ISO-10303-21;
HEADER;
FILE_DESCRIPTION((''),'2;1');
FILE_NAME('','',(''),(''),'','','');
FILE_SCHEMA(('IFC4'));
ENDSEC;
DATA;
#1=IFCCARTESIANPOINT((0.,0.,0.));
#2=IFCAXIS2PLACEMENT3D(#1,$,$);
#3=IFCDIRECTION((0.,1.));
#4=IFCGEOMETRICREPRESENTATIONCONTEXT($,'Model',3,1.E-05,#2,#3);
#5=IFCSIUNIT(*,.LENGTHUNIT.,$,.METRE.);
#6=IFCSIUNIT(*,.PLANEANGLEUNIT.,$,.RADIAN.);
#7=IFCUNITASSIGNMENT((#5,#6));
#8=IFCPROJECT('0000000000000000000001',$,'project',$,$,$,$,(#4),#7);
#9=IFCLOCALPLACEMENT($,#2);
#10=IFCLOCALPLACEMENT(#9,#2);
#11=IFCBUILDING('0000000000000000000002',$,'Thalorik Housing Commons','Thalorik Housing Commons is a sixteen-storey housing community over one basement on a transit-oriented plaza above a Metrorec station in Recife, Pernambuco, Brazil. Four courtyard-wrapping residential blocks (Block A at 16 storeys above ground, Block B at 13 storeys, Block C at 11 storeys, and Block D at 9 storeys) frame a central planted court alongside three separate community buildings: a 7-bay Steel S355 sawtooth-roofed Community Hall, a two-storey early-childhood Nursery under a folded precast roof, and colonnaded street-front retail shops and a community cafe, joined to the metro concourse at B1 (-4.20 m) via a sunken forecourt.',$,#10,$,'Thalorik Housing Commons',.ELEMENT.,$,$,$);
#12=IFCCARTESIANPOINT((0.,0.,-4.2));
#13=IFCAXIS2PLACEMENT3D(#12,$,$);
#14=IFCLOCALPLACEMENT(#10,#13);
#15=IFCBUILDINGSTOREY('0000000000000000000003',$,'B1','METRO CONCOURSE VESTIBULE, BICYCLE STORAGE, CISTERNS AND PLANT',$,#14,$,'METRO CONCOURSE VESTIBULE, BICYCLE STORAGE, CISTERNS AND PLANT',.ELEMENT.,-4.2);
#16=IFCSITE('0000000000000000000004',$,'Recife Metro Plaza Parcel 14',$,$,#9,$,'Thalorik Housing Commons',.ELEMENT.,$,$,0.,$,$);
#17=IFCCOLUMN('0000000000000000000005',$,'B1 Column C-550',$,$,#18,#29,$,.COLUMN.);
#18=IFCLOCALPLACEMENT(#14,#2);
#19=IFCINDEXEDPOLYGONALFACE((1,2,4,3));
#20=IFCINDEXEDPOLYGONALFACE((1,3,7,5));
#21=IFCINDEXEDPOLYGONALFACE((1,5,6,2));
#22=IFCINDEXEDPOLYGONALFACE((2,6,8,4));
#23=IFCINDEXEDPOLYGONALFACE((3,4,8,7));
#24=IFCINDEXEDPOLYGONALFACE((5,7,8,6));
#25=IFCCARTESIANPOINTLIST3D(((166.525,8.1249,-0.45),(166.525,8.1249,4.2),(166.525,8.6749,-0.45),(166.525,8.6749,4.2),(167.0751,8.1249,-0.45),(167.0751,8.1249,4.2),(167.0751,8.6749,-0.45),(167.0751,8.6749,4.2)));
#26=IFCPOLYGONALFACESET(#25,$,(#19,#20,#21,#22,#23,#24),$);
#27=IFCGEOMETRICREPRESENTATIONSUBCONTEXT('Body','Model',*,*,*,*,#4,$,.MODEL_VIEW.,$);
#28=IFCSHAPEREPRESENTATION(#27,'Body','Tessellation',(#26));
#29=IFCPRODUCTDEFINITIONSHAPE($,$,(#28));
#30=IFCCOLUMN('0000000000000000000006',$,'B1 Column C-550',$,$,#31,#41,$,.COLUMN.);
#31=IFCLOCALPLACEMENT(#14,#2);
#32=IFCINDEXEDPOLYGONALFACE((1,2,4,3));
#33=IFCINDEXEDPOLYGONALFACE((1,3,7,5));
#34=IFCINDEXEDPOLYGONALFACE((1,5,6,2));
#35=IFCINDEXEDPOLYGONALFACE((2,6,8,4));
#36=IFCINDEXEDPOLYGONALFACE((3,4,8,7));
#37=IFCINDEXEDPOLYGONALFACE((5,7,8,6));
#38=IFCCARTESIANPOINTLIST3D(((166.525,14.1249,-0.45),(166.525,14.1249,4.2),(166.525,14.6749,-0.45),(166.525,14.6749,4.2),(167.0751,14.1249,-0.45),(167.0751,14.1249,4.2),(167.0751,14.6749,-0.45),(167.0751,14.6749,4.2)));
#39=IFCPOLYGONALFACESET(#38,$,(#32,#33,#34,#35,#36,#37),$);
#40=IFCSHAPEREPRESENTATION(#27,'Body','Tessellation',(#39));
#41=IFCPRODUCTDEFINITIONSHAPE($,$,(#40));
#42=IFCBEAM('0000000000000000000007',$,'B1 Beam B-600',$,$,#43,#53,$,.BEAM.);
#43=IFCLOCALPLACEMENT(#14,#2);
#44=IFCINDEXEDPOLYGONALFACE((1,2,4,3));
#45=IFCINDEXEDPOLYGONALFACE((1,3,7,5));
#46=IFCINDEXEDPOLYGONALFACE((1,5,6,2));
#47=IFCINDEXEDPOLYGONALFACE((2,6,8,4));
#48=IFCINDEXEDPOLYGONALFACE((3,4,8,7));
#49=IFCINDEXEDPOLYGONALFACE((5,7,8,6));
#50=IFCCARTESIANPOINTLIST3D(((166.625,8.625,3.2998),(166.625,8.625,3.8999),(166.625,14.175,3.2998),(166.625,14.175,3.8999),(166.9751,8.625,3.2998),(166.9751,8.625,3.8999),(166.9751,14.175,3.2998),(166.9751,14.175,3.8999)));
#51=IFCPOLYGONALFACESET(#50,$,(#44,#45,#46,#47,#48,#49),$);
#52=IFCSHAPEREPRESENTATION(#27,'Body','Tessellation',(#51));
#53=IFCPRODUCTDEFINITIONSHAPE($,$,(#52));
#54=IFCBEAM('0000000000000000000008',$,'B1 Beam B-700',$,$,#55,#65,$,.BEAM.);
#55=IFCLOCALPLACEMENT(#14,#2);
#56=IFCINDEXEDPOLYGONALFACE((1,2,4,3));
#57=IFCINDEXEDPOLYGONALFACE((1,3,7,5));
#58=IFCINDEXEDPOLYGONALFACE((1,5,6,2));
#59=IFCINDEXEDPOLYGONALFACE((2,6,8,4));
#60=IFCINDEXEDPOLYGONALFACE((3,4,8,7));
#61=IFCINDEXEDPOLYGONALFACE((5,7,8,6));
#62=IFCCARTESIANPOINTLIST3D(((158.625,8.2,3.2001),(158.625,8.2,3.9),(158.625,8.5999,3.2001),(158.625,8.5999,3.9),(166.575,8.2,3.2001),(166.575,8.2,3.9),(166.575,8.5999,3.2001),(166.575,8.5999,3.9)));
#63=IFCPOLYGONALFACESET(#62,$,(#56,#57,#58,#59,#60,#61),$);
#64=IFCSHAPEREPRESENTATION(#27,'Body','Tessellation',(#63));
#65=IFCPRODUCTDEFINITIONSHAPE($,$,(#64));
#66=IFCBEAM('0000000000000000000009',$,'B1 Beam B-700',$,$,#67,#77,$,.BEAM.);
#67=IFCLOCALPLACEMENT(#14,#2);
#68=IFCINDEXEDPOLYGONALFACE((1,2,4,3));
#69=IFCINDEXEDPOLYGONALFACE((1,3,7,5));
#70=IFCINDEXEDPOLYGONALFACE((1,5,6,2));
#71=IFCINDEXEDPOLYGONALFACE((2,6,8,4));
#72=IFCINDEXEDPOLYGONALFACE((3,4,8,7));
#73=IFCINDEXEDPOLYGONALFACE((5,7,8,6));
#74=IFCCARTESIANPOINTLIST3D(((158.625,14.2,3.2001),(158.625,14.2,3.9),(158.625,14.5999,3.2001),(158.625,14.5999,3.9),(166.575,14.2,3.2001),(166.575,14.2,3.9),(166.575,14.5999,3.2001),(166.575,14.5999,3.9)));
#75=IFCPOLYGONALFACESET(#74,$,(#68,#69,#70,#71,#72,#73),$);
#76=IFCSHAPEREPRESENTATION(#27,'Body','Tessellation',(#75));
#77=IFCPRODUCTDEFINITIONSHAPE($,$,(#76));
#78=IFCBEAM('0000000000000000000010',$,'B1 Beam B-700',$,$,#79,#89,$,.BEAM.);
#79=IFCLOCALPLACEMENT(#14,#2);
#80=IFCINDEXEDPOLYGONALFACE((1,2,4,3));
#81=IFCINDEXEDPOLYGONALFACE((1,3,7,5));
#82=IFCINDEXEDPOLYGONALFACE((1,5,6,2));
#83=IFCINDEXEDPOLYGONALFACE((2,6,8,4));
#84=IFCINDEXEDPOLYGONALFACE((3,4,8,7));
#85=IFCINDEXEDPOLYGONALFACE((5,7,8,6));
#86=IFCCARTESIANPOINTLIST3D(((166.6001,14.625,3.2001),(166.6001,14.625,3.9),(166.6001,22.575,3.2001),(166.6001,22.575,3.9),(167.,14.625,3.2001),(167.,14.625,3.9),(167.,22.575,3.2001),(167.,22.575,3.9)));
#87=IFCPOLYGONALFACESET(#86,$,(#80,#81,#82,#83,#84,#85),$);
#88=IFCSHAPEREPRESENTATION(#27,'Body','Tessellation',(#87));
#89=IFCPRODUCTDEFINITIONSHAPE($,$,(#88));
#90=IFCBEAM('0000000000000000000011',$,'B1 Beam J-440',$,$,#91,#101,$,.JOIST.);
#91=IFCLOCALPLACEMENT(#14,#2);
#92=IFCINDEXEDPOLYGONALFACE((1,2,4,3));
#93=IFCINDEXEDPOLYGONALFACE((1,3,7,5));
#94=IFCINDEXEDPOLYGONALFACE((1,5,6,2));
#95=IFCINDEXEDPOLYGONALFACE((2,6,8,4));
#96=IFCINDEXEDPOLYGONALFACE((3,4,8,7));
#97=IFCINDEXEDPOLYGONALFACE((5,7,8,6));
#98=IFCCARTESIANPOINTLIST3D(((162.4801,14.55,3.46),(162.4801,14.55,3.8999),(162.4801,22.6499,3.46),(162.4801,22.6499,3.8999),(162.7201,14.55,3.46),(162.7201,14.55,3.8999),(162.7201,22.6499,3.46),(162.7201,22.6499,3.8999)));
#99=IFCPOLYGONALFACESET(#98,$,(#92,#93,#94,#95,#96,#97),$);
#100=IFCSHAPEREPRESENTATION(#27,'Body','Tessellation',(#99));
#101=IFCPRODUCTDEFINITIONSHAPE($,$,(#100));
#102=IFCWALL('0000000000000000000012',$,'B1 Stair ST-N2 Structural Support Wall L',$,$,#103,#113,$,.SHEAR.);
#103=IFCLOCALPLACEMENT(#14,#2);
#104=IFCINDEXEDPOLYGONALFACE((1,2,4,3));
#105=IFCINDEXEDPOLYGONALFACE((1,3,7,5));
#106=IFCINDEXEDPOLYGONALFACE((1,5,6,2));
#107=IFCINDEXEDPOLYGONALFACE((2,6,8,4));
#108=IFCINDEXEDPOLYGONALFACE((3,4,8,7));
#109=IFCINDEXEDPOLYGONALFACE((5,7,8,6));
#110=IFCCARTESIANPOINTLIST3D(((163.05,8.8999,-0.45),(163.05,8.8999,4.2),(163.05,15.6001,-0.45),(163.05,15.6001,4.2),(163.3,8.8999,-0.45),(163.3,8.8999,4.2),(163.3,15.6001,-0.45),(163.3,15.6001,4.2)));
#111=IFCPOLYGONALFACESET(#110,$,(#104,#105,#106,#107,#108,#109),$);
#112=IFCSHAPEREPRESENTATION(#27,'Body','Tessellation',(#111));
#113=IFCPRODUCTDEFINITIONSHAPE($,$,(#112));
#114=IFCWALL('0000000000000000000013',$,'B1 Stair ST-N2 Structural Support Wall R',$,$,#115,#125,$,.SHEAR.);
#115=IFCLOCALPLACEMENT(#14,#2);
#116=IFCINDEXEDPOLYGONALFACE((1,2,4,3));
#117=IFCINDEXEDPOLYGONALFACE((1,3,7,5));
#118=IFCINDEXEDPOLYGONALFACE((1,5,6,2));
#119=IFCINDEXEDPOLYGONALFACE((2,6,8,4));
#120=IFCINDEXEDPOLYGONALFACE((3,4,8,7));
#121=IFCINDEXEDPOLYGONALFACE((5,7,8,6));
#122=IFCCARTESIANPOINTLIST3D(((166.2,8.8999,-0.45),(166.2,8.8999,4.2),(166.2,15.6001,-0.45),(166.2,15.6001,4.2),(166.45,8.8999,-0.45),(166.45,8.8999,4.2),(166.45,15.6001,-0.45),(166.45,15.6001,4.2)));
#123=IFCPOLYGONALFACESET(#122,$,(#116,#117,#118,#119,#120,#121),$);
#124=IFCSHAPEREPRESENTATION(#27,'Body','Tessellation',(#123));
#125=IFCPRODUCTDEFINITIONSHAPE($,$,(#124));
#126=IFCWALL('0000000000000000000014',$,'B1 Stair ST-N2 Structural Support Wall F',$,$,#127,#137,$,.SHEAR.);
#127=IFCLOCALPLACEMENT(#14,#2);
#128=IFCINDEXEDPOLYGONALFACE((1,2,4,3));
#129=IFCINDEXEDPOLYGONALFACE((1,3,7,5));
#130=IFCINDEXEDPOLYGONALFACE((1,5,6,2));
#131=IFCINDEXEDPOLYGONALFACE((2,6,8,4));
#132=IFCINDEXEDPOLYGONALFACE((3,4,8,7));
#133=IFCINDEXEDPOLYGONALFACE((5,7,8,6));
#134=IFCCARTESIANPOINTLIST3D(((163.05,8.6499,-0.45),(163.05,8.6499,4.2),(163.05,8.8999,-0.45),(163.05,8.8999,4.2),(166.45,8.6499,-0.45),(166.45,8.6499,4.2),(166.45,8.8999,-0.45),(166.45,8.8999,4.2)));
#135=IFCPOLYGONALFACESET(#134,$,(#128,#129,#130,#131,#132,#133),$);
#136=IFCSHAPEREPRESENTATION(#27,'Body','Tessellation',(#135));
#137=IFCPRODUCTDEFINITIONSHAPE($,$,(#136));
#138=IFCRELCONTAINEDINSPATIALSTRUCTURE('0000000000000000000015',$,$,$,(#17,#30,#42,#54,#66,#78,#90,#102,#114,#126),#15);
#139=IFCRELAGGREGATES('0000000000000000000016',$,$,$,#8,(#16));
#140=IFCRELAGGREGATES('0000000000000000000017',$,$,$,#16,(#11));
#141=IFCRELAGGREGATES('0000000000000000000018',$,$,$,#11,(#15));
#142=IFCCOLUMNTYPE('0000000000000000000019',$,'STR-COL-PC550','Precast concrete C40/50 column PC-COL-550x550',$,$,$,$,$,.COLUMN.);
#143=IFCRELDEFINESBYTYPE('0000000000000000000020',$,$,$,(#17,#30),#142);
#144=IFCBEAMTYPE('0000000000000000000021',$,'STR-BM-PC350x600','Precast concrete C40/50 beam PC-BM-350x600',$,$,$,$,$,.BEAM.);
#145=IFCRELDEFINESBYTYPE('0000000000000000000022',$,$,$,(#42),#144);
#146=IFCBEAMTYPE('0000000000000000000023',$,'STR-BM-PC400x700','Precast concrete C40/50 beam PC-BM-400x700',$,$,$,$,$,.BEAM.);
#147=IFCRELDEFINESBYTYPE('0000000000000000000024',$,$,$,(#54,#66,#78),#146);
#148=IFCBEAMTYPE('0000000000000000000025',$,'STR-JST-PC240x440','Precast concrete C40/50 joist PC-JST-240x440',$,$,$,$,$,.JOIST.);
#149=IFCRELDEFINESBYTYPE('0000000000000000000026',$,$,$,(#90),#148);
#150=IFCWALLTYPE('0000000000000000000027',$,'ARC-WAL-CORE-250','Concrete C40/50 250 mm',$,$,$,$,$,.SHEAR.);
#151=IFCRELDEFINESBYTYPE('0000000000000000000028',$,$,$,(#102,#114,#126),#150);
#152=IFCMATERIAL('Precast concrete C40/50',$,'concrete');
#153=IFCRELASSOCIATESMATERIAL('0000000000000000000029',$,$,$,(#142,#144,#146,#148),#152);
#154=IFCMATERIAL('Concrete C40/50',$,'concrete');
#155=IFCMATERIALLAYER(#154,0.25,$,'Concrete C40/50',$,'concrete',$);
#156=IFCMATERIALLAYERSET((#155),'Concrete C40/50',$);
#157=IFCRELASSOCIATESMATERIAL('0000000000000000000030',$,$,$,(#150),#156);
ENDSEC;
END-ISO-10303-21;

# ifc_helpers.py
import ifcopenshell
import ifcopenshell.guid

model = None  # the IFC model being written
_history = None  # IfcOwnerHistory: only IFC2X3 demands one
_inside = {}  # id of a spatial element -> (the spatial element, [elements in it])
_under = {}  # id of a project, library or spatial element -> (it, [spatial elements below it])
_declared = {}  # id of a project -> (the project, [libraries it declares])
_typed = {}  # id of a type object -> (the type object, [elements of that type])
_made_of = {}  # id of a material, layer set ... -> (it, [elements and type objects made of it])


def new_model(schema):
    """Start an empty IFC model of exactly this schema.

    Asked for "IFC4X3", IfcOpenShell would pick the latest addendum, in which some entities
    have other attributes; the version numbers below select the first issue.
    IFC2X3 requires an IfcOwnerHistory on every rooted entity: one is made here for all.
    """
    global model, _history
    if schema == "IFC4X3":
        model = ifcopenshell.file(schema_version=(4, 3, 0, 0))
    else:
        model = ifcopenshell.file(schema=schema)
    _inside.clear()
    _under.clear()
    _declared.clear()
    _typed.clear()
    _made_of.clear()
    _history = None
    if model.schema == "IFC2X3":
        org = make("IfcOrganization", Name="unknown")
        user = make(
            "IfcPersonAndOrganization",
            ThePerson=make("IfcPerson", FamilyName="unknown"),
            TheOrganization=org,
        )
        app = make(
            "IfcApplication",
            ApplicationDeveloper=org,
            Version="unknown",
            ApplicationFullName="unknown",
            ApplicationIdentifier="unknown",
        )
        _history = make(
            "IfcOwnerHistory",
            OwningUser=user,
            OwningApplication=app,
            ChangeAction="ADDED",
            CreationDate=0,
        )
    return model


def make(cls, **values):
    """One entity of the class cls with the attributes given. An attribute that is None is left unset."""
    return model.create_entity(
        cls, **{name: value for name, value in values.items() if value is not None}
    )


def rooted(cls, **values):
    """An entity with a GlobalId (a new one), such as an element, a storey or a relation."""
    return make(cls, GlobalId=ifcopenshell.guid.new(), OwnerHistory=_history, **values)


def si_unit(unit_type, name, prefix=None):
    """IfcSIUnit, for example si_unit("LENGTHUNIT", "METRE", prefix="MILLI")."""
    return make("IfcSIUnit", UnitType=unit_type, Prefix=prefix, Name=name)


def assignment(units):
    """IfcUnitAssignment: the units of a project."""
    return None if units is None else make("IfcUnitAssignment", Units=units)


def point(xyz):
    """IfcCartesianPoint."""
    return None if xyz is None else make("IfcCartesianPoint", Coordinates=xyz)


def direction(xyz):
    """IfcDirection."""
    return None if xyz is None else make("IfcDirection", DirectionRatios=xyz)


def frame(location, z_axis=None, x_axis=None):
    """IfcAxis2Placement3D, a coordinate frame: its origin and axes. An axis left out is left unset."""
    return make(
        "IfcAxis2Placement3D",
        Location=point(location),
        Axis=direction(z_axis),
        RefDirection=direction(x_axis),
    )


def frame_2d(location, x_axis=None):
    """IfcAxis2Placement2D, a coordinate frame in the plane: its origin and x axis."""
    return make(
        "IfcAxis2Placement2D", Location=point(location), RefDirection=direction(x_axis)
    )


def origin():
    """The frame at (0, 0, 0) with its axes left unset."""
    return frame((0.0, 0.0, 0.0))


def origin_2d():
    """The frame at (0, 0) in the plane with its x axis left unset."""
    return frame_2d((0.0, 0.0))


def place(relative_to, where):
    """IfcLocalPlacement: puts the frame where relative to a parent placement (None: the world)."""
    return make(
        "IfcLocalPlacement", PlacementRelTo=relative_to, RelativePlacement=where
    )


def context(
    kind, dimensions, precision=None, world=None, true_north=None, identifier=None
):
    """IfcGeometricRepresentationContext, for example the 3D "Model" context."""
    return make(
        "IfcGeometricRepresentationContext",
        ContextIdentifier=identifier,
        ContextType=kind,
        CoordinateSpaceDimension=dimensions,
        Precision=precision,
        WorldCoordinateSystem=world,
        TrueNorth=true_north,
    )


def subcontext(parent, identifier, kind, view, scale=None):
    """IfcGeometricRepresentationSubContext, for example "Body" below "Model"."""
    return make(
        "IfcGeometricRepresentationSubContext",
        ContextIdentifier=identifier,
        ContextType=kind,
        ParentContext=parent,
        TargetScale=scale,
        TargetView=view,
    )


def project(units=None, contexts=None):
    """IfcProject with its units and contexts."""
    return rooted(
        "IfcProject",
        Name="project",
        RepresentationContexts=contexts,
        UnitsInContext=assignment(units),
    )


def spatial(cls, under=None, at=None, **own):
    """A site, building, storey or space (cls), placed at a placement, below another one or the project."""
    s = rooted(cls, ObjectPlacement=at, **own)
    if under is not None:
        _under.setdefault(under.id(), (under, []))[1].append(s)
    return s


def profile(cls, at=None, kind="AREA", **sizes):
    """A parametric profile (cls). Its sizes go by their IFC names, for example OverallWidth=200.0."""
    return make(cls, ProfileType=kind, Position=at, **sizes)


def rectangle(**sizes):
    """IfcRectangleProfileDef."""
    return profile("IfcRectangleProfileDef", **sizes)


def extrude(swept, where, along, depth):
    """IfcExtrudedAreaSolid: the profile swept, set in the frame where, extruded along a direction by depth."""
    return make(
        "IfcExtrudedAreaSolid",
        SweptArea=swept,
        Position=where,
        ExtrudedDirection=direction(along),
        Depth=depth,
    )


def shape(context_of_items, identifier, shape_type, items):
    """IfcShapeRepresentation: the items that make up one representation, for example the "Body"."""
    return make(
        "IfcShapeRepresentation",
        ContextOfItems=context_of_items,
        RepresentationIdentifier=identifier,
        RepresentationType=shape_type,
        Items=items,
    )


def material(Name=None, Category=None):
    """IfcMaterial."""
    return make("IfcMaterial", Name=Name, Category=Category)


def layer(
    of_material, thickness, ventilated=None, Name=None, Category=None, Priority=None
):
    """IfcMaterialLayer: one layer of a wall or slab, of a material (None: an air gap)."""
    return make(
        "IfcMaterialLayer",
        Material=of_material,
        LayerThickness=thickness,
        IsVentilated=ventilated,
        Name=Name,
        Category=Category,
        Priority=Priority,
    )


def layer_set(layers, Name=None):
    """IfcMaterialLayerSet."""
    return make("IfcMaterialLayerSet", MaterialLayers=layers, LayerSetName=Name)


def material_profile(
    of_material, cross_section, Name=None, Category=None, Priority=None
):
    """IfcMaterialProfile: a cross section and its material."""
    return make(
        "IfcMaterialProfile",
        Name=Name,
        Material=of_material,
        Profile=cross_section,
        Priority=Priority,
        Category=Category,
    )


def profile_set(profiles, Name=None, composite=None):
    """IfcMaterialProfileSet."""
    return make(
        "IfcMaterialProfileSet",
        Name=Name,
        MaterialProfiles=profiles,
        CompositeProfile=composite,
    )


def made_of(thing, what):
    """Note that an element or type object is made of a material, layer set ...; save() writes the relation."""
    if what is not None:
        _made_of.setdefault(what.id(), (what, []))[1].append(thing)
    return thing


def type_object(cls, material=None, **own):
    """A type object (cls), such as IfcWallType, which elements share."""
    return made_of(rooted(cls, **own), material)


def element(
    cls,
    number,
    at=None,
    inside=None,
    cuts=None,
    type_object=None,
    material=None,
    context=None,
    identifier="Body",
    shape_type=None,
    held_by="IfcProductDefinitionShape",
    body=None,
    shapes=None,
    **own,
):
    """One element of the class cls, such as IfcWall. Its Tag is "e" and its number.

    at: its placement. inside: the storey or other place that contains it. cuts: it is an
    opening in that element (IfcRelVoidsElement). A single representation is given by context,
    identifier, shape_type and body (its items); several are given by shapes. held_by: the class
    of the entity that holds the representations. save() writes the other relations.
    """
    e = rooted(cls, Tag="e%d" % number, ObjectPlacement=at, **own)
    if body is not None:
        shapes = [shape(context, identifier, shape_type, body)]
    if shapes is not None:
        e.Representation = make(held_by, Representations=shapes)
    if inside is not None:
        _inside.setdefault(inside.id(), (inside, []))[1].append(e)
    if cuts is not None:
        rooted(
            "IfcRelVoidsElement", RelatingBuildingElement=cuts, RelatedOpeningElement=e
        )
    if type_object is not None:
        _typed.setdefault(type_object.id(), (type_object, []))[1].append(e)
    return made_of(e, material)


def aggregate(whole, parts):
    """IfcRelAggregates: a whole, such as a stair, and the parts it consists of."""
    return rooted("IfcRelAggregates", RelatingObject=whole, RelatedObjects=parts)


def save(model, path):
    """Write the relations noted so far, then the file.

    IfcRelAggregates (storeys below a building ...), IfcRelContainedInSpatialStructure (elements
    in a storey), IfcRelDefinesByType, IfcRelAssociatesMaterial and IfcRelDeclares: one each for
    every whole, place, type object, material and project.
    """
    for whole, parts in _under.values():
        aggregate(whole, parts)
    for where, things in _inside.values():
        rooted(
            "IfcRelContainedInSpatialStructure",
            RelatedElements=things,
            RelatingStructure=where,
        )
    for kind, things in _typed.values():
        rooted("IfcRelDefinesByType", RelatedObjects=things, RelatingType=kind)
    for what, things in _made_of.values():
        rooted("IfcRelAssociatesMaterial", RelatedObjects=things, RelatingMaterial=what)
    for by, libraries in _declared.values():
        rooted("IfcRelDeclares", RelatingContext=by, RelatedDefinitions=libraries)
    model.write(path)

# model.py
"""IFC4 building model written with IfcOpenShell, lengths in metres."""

from ifc_helpers import new_model, si_unit, direction, frame, frame_2d, origin, origin_2d, place, context, subcontext, project, spatial, rectangle, extrude, material, layer, layer_set, material_profile, profile_set, type_object, element, save


model = new_model("IFC4")

# Units and contexts
model_context = context("Model", 3, precision=1e-05, world=origin(), true_north=direction((0.0, 1.0)))
body_context = subcontext(model_context, "Body", "Model", "MODEL_VIEW")
ifc_project = project(units=[si_unit("LENGTHUNIT", "METRE"), si_unit("PLANEANGLEUNIT", "RADIAN")], contexts=[model_context])

# Site, building, storey
site_placement = place(None, origin())
site = spatial("IfcSite", under=ifc_project, at=site_placement, Name="Recife Metro Plaza Parcel 14", LongName="Thalorik Housing Commons", CompositionType="ELEMENT", RefElevation=0.0)
building_placement = place(site_placement, origin())
building = spatial("IfcBuilding", under=site, at=building_placement, Name="Thalorik Housing Commons", Description="Thalorik Housing Commons is a sixteen-storey housing community over one basement on a transit-oriented plaza above a Metrorec station in Recife, Pernambuco, Brazil. Four courtyard-wrapping residential blocks (Block A at 16 storeys above ground, Block B at 13 storeys, Block C at 11 storeys, and Block D at 9 storeys) frame a central planted court alongside three separate community buildings: a 7-bay Steel S355 sawtooth-roofed Community Hall, a two-storey early-childhood Nursery under a folded precast roof, and colonnaded street-front retail shops and a community cafe, joined to the metro concourse at B1 (-4.20 m) via a sunken forecourt.", LongName="Thalorik Housing Commons", CompositionType="ELEMENT")
storey_placement = place(building_placement, frame((0.0, 0.0, -4.2)))
storey = spatial("IfcBuildingStorey", under=building, at=storey_placement, Name="B1", Description="METRO CONCOURSE VESTIBULE, BICYCLE STORAGE, CISTERNS AND PLANT", LongName="METRO CONCOURSE VESTIBULE, BICYCLE STORAGE, CISTERNS AND PLANT", CompositionType="ELEMENT", Elevation=-4.2)

# Shared definitions
ifc_material_1 = material(Name="Concrete C40/50", Category="concrete")

# Columns
ifc_material_2 = material(Name="Precast concrete C40/50", Category="concrete")
ifc_material_profile_1 = material_profile(ifc_material_2, rectangle(XDim=0.55, YDim=0.55, at=origin_2d()), Name="PC 550x550", Category="concrete")
ifc_profile_set_1 = profile_set([ifc_material_profile_1], Name="Precast concrete C40/50")
column_type = type_object("IfcColumnType", Name="STR-COL-PC550", Description="Precast concrete C40/50 column PC-COL-550x550", PredefinedType="COLUMN", material=ifc_profile_set_1)
for number, where, z_axis, x_axis, name in (
    (1, (166.8, 8.3999, -0.45), (0.0, 0.0, 1.0), (1.0, 0.0, 0.0), "B1 Column C-550"),
    (2, (166.8, 14.3999, -0.45), (0.0, 0.0, 1.0), (1.0, 0.0, 0.0), "B1 Column C-550"),
):
    element("IfcColumn", number, at=place(storey_placement, frame(where, z_axis=z_axis, x_axis=x_axis)), inside=storey, type_object=column_type, Name=name, PredefinedType="COLUMN", context=body_context, shape_type="SweptSolid", body=[
        extrude(rectangle(XDim=0.55, YDim=0.55, at=origin_2d()), origin(), (0.0, 0.0, 1.0), 4.6499),
    ])

# Beams
ifc_material_profile_2 = material_profile(ifc_material_2, rectangle(XDim=0.3501, YDim=0.6001, at=origin_2d()), Name="PC 350x600", Category="concrete")
ifc_profile_set_2 = profile_set([ifc_material_profile_2], Name="Precast concrete C40/50")
beam_type_1 = type_object("IfcBeamType", Name="STR-BM-PC350x600", Description="Precast concrete C40/50 beam PC-BM-350x600", PredefinedType="BEAM", material=ifc_profile_set_2)
beam_1_placement = place(storey_placement, frame((166.8, 8.625, 3.5999), z_axis=(0.0, 1.0, 0.0), x_axis=(-1.0, 0.0, 0.0)))
element("IfcBeam", 3, at=beam_1_placement, inside=storey, type_object=beam_type_1, Name="B1 Beam B-600", PredefinedType="BEAM", context=body_context, shape_type="SweptSolid", body=[
    extrude(rectangle(XDim=0.3501, YDim=0.6001, at=origin_2d()), origin(), (0.0, 0.0, 1.0), 5.55),
])
ifc_material_profile_3 = material_profile(ifc_material_2, rectangle(XDim=0.3999, YDim=0.7, at=origin_2d()), Name="PC 400x700", Category="concrete")
ifc_profile_set_3 = profile_set([ifc_material_profile_3], Name="Precast concrete C40/50")
beam_type_2 = type_object("IfcBeamType", Name="STR-BM-PC400x700", Description="Precast concrete C40/50 beam PC-BM-400x700", PredefinedType="BEAM", material=ifc_profile_set_3)
for number, where, z_axis, x_axis, name in (
    (4, (158.625, 8.3999, 3.55), (1.0, 0.0, 0.0), (0.0, 1.0, 0.0), "B1 Beam B-700"),
    (5, (158.625, 14.3999, 3.55), (1.0, 0.0, 0.0), (0.0, 1.0, 0.0), "B1 Beam B-700"),
    (6, (166.8, 14.625, 3.55), (0.0, 1.0, 0.0), (-1.0, 0.0, 0.0), "B1 Beam B-700"),
):
    element("IfcBeam", number, at=place(storey_placement, frame(where, z_axis=z_axis, x_axis=x_axis)), inside=storey, type_object=beam_type_2, Name=name, PredefinedType="BEAM", context=body_context, shape_type="SweptSolid", body=[
        extrude(rectangle(XDim=0.3999, YDim=0.7, at=origin_2d()), origin(), (0.0, 0.0, 1.0), 7.95),
    ])
ifc_material_profile_4 = material_profile(ifc_material_2, rectangle(XDim=0.24, YDim=0.4399, at=origin_2d()), Name="PC JST 240x440", Category="concrete")
ifc_profile_set_4 = profile_set([ifc_material_profile_4], Name="Precast concrete C40/50")
beam_type_3 = type_object("IfcBeamType", Name="STR-JST-PC240x440", Description="Precast concrete C40/50 joist PC-JST-240x440", PredefinedType="JOIST", material=ifc_profile_set_4)
beam_2_placement = place(storey_placement, frame((162.6001, 14.55, 3.6799), z_axis=(0.0, 1.0, 0.0), x_axis=(-1.0, 0.0, 0.0)))
element("IfcBeam", 7, at=beam_2_placement, inside=storey, type_object=beam_type_3, Name="B1 Beam J-440", PredefinedType="JOIST", context=body_context, shape_type="SweptSolid", body=[
    extrude(rectangle(XDim=0.24, YDim=0.4399, at=origin_2d()), origin(), (0.0, 0.0, 1.0), 8.0999),
])

# Walls
ifc_layer = layer(ifc_material_1, 0.25, Name="Concrete C40/50", Category="concrete")
ifc_layer_set = layer_set([ifc_layer], Name="Concrete C40/50")
wall_type = type_object("IfcWallType", Name="ARC-WAL-CORE-250", Description="Concrete C40/50 250 mm", PredefinedType="SHEAR", material=ifc_layer_set)
for number, where, z_axis, x_axis, name in (
    (8, (163.175, 15.6001, -0.45), (0.0, 0.0, 1.0), (0.0, -1.0, 0.0), "B1 Stair ST-N2 Structural Support Wall L"),
    (9, (166.325, 15.6001, -0.45), (0.0, 0.0, 1.0), (0.0, -1.0, 0.0), "B1 Stair ST-N2 Structural Support Wall R"),
):
    element("IfcWall", number, at=place(storey_placement, frame(where, z_axis=z_axis, x_axis=x_axis)), inside=storey, type_object=wall_type, Name=name, PredefinedType="SHEAR", context=body_context, shape_type="SweptSolid", body=[
        extrude(rectangle(XDim=6.7002, YDim=0.25, at=frame_2d((3.3501, 0.0))), origin(), (0.0, 0.0, 1.0), 4.6499),
    ])
wall_placement = place(storey_placement, frame((163.05, 8.7749, -0.45), z_axis=(0.0, 0.0, 1.0), x_axis=(1.0, 0.0, 0.0)))
element("IfcWall", 10, at=wall_placement, inside=storey, type_object=wall_type, Name="B1 Stair ST-N2 Structural Support Wall F", PredefinedType="SHEAR", context=body_context, shape_type="SweptSolid", body=[
    extrude(rectangle(XDim=3.3999, YDim=0.25, at=frame_2d((1.7, 0.0))), origin(), (0.0, 0.0, 1.0), 4.6499),
])

save(model, "model.ifc")
